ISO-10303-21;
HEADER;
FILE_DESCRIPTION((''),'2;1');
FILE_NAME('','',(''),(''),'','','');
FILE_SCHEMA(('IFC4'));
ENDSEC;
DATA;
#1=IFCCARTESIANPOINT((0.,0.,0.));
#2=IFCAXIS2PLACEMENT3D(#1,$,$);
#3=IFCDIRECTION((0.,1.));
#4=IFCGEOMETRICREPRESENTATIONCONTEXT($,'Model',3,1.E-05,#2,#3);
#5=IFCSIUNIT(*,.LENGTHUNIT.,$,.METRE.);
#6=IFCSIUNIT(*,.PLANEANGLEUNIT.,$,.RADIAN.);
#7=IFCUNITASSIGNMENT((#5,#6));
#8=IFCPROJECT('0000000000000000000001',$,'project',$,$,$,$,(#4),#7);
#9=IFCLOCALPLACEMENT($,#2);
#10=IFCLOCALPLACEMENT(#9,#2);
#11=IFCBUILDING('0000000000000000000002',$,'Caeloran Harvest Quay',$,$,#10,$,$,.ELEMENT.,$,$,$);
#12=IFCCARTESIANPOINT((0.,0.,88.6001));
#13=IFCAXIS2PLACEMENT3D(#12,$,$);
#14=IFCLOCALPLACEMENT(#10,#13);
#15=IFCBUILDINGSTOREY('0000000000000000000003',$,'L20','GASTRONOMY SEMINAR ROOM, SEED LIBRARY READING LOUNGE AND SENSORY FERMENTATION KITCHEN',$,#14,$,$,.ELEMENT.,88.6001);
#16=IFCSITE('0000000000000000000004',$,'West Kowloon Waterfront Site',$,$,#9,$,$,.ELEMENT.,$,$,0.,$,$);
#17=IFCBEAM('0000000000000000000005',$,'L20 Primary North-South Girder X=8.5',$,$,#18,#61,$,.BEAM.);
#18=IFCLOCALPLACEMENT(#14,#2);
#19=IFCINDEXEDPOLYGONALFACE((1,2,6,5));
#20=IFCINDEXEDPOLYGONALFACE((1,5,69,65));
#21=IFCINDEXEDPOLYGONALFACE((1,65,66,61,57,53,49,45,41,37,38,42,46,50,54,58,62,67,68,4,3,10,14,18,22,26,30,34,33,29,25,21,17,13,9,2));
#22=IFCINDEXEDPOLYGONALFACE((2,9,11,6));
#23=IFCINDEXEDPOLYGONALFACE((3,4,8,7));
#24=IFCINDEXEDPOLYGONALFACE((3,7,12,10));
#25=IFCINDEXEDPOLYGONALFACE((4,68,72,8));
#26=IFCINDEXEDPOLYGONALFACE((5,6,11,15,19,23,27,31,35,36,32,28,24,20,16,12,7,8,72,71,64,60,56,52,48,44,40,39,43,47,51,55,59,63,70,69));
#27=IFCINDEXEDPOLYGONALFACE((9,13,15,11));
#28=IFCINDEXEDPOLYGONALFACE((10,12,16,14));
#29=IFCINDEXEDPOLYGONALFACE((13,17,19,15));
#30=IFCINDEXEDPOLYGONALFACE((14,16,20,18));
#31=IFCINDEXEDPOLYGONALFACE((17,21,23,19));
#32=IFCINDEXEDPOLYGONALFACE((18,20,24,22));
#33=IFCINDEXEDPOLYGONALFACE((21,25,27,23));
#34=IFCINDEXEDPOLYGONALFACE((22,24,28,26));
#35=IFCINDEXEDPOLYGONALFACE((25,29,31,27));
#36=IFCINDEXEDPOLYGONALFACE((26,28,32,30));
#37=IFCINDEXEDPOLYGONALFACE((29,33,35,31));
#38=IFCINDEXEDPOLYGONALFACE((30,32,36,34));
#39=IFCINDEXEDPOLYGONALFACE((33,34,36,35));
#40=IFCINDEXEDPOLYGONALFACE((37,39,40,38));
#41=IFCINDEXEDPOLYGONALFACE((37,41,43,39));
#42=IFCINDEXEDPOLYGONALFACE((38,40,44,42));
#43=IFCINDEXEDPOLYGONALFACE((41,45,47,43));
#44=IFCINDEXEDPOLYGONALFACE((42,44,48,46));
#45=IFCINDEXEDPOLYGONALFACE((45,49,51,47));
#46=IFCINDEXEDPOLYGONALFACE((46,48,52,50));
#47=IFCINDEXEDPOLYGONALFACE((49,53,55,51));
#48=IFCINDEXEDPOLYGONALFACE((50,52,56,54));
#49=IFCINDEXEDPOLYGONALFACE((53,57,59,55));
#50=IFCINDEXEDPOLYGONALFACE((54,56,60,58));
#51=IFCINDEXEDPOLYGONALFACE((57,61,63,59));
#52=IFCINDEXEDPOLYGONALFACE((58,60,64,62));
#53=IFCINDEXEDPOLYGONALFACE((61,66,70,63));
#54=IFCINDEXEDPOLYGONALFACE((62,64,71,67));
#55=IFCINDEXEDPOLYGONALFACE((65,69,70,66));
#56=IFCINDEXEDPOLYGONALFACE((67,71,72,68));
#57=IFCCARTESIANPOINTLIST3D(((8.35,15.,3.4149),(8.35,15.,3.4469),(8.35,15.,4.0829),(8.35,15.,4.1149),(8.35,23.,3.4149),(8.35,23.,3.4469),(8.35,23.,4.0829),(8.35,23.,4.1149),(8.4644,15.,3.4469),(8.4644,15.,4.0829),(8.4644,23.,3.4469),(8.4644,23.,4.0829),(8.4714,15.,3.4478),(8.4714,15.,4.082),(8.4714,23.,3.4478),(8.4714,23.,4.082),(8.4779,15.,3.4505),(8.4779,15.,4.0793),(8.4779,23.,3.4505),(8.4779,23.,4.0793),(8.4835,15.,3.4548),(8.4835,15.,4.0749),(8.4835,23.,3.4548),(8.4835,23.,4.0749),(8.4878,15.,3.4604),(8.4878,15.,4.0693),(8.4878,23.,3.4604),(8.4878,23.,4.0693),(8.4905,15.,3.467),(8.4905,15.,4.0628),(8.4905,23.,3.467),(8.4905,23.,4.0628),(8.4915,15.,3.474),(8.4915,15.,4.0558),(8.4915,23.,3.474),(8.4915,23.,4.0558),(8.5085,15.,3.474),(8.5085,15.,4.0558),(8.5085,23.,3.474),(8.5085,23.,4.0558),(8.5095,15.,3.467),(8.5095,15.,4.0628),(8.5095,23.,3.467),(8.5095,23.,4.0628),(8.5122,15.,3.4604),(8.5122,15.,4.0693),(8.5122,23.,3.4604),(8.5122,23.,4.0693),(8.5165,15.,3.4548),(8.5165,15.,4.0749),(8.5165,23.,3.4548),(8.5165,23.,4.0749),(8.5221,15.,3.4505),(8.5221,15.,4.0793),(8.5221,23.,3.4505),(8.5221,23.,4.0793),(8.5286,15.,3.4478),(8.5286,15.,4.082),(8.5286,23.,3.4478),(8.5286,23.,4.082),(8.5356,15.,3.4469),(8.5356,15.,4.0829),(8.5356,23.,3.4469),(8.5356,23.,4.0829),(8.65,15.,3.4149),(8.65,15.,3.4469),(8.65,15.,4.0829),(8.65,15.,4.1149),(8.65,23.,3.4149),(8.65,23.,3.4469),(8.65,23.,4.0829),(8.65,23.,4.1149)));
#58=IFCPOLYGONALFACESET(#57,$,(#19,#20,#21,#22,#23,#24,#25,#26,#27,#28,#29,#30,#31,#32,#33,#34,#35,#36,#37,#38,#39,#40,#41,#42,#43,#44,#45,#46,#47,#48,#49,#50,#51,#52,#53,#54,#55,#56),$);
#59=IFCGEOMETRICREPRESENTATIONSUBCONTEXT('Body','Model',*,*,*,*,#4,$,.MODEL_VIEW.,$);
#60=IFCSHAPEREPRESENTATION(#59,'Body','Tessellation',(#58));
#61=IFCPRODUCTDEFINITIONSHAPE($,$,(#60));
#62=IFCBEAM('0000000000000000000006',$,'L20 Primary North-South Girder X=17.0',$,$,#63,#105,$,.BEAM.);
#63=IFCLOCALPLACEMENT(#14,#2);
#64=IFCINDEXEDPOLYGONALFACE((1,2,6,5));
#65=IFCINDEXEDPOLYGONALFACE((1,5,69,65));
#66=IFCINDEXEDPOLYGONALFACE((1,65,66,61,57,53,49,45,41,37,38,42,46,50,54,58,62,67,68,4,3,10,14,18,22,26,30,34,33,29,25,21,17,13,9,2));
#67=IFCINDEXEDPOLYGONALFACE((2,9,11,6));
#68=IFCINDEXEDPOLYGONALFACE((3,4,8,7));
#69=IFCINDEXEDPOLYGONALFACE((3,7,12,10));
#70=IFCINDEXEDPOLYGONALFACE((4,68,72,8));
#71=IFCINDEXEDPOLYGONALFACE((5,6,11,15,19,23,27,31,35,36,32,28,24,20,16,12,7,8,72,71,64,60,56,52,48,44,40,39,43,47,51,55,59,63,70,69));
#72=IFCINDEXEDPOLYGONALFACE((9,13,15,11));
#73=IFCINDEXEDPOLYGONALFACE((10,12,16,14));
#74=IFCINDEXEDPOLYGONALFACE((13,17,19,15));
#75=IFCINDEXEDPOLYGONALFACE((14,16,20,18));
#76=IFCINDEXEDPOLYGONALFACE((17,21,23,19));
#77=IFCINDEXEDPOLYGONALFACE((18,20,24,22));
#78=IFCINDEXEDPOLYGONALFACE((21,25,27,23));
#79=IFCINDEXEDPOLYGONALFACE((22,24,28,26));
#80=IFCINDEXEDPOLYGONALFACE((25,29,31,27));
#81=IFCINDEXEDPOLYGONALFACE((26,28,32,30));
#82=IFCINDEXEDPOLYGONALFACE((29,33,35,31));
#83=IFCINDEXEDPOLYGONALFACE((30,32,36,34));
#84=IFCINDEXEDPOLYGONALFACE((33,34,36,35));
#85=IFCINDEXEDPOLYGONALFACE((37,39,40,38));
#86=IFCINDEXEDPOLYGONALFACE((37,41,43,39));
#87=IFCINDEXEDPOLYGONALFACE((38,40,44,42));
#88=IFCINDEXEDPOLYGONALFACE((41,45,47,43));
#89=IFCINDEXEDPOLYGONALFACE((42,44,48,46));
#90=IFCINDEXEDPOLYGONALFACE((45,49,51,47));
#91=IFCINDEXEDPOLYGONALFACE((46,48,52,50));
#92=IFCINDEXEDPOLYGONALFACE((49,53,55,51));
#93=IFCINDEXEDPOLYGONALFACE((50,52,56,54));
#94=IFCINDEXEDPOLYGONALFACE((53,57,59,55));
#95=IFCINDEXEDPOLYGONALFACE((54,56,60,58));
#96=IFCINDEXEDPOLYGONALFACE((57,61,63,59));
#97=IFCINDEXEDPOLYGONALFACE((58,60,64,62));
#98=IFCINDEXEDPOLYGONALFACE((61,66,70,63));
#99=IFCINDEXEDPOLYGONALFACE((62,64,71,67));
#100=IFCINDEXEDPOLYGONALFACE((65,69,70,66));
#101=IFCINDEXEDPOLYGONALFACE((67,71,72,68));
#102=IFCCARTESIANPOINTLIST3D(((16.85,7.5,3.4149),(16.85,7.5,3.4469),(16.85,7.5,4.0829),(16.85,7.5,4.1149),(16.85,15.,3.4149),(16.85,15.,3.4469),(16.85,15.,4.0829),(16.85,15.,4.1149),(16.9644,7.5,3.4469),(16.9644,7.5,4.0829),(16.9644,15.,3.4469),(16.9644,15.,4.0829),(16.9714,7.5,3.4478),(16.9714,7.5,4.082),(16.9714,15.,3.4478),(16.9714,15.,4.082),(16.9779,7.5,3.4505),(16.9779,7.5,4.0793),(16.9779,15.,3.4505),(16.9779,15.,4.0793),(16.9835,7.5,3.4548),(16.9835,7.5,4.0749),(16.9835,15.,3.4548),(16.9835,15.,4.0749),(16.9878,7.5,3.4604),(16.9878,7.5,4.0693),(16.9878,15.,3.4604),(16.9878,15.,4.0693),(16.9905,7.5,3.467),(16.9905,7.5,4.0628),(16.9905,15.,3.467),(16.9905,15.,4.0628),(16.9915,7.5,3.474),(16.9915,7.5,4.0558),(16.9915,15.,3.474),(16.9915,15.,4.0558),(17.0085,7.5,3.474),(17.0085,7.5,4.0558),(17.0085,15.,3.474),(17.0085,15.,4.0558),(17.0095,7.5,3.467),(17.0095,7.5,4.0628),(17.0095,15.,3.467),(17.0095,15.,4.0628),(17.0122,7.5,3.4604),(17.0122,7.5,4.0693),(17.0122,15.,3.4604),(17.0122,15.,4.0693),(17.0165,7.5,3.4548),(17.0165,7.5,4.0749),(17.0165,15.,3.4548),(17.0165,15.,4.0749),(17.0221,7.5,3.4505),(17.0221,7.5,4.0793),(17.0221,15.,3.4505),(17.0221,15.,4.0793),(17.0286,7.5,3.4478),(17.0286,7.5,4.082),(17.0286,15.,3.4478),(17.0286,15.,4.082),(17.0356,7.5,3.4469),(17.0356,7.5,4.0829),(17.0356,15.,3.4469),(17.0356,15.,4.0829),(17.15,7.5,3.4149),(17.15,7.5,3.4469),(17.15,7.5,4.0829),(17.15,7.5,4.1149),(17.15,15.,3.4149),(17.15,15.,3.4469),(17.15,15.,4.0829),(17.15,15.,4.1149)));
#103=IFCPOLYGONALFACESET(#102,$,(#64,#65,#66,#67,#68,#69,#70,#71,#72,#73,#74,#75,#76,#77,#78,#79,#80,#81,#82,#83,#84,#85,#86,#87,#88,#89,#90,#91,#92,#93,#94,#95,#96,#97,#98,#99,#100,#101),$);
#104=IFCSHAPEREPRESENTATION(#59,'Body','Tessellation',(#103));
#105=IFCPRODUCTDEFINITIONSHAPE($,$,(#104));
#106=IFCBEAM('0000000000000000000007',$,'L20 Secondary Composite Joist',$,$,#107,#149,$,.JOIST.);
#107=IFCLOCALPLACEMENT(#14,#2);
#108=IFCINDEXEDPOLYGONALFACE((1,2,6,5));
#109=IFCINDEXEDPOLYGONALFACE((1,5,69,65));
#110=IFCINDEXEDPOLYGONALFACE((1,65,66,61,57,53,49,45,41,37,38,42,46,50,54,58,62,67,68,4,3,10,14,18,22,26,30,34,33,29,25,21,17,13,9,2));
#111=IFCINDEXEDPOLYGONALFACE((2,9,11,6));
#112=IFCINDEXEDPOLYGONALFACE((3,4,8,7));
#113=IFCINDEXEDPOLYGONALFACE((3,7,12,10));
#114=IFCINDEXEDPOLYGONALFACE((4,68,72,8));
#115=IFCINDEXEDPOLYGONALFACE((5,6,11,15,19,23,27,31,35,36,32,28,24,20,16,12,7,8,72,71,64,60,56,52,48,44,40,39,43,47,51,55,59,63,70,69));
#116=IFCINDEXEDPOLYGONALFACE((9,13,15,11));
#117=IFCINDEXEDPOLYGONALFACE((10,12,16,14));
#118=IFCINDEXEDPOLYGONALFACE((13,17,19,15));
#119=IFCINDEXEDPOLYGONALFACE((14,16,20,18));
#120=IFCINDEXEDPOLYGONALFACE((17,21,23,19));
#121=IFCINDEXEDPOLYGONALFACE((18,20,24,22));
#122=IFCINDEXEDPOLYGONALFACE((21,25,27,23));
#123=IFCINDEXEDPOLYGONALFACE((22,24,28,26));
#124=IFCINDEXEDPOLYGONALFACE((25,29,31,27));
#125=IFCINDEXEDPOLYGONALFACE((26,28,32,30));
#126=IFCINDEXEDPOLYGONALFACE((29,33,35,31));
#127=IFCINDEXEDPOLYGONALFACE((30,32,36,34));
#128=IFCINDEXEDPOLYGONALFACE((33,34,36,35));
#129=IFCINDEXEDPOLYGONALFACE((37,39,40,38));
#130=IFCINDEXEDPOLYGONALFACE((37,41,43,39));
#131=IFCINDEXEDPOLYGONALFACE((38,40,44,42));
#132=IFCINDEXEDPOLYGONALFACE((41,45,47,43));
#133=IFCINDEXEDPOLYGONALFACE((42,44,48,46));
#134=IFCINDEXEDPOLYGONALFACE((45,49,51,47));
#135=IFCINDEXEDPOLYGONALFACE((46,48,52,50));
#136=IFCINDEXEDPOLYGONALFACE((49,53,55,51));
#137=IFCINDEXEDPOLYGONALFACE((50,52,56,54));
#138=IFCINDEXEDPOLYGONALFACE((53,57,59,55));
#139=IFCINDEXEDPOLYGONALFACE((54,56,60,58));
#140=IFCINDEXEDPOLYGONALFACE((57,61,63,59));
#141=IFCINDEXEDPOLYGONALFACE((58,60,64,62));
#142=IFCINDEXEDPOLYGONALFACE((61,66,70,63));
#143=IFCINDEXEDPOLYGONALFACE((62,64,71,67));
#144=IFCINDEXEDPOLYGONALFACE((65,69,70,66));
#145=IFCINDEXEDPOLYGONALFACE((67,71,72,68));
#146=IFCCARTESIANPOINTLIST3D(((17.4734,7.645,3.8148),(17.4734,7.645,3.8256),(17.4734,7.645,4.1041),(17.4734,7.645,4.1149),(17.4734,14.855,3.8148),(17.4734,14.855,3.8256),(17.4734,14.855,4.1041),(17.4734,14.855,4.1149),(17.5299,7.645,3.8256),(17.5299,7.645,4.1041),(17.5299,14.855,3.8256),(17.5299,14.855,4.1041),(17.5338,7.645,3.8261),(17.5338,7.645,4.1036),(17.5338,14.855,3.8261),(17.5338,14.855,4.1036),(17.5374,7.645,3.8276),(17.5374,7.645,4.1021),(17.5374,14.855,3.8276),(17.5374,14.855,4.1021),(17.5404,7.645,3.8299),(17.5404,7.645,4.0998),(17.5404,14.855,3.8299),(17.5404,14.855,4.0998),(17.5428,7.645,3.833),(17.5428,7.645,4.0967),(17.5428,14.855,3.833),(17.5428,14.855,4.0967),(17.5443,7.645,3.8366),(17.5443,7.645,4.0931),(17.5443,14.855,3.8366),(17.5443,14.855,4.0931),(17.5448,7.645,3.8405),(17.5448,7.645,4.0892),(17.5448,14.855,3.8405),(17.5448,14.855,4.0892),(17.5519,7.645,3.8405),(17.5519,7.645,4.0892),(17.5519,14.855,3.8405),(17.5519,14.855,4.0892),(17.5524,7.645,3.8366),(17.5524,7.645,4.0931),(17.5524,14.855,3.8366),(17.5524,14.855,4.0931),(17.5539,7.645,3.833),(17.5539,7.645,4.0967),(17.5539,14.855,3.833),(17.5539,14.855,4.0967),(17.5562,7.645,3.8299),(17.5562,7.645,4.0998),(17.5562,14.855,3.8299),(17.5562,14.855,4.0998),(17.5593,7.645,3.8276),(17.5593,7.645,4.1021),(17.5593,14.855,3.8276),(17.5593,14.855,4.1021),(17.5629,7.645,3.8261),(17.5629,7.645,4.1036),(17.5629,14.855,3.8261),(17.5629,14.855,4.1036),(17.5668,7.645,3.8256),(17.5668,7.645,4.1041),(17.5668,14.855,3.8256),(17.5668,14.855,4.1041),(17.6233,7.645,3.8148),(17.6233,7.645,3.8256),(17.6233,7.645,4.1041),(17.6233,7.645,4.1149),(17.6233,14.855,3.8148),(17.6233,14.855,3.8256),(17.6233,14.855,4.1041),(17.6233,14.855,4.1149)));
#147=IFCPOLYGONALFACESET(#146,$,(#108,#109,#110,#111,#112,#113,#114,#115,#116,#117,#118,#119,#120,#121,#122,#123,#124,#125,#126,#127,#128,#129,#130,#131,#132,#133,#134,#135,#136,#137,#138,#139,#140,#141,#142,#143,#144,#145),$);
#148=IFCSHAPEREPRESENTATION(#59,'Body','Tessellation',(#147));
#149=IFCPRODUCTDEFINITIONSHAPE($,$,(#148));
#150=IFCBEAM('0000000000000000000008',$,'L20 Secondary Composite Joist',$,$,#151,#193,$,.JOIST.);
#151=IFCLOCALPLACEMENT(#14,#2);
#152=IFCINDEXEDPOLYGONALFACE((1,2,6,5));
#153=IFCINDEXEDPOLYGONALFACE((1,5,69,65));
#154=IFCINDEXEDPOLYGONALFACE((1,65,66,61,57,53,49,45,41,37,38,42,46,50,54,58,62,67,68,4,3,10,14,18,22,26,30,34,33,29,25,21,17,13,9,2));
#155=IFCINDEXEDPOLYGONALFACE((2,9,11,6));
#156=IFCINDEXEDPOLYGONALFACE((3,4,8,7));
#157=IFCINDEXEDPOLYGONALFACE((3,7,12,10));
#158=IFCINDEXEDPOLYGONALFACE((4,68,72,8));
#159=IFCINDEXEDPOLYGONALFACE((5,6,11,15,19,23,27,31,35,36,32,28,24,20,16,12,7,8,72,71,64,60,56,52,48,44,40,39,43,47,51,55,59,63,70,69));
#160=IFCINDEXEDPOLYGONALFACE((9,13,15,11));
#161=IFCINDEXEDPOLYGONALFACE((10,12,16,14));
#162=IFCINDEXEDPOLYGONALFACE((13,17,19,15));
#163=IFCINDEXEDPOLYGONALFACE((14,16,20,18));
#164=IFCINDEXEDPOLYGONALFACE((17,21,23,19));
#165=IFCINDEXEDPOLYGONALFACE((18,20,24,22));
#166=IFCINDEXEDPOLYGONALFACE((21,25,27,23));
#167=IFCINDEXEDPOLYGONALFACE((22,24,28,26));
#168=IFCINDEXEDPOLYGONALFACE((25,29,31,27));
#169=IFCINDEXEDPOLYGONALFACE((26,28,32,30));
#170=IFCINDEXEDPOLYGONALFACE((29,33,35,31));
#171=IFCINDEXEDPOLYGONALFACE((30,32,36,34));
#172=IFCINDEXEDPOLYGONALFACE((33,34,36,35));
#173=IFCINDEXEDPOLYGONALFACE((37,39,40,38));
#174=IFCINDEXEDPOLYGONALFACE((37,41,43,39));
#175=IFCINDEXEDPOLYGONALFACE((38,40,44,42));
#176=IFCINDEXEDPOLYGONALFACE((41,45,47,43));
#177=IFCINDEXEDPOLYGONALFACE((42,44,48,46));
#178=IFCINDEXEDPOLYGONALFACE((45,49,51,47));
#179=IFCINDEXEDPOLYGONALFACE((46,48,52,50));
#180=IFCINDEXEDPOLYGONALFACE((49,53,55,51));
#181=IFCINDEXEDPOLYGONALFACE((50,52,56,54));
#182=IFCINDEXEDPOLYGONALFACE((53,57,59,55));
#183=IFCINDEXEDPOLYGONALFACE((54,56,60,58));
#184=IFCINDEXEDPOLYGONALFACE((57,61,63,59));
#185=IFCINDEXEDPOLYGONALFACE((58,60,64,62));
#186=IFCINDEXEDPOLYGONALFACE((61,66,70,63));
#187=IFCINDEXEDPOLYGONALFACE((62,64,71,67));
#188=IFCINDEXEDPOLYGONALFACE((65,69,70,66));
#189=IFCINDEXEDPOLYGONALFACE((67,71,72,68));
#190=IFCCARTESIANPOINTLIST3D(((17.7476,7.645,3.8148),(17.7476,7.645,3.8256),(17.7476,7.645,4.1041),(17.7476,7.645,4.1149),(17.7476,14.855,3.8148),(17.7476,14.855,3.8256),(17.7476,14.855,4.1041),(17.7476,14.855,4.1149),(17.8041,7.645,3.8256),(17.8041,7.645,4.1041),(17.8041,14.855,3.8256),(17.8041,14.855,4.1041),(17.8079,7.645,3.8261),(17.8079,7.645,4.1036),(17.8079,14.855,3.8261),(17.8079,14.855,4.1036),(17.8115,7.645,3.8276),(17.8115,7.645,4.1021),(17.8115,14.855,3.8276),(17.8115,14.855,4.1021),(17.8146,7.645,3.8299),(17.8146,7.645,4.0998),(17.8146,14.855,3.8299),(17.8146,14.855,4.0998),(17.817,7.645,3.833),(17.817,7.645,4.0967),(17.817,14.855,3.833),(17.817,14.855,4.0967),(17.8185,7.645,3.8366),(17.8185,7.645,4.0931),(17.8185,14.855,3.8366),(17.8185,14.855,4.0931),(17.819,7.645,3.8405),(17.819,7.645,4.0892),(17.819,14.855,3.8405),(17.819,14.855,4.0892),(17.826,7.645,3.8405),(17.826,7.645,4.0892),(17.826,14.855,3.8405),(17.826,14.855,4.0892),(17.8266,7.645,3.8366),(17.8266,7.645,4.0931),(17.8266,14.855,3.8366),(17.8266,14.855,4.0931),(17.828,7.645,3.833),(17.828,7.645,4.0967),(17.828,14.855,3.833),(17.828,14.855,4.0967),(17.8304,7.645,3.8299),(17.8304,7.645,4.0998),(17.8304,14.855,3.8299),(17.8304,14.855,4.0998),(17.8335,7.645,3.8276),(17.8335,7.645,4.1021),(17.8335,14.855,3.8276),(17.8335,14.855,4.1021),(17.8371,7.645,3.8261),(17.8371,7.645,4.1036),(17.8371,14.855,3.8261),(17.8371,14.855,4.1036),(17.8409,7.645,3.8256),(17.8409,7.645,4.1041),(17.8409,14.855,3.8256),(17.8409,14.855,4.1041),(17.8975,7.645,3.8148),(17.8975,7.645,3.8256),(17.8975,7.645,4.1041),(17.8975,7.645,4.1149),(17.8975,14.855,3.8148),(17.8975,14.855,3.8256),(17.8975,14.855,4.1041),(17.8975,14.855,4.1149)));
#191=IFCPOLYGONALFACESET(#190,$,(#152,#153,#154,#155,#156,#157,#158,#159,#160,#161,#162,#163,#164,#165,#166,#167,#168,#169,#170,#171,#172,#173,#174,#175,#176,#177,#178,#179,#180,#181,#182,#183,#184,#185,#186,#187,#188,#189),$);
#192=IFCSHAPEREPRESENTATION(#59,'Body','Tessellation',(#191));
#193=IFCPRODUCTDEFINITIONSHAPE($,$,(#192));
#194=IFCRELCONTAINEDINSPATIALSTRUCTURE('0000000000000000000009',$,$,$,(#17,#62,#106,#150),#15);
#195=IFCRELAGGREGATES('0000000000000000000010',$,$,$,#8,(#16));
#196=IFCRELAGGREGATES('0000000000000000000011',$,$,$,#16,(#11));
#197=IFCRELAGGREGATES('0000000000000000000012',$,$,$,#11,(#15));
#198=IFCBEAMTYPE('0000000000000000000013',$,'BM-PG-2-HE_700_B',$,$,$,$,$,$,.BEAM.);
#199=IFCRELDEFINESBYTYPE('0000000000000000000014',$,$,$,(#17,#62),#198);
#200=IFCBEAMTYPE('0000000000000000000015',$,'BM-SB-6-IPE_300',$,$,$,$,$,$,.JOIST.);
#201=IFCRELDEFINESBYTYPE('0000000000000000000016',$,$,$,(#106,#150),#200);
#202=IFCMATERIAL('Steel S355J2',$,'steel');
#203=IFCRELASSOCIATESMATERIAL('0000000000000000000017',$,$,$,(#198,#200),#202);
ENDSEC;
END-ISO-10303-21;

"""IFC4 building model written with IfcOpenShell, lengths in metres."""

from ifc_helpers import new_model, si_unit, direction, frame, origin, origin_2d, place, context, subcontext, project, spatial, i_section, extrude, material, material_profile, profile_set, type_object, element, save


model = new_model("IFC4")

# Units and contexts
model_context = context("Model", 3, precision=1e-05, world=origin(), true_north=direction((0.0, 1.0)))
body_context = subcontext(model_context, "Body", "Model", "MODEL_VIEW")
ifc_project = project(units=[si_unit("LENGTHUNIT", "METRE"), si_unit("PLANEANGLEUNIT", "RADIAN")], contexts=[model_context])

# Site, building, storey
site_placement = place(None, origin())
site = spatial("IfcSite", under=ifc_project, at=site_placement, Name="West Kowloon Waterfront Site", CompositionType="ELEMENT", RefElevation=0.0)
building_placement = place(site_placement, origin())
building = spatial("IfcBuilding", under=site, at=building_placement, Name="Caeloran Harvest Quay", CompositionType="ELEMENT")
storey_placement = place(building_placement, frame((0.0, 0.0, 88.6001)))
storey = spatial("IfcBuildingStorey", under=building, at=storey_placement, Name="L20", Description="GASTRONOMY SEMINAR ROOM, SEED LIBRARY READING LOUNGE AND SENSORY FERMENTATION KITCHEN", CompositionType="ELEMENT", Elevation=88.6001)

# Beams
ifc_material_1 = material(Name="Steel S355J2", Category="steel")
ifc_material_profile_1 = material_profile(ifc_material_1, i_section(OverallWidth=0.3, OverallDepth=0.7, WebThickness=0.0171, FlangeThickness=0.032, FilletRadius=0.0271, at=origin_2d()), Name="HE 700 B")
ifc_profile_set_1 = profile_set([ifc_material_profile_1], Name="Steel S355J2")
beam_type_1 = type_object("IfcBeamType", Name="BM-PG-2-HE_700_B", PredefinedType="BEAM", material=ifc_profile_set_1)
beam_1_placement = place(storey_placement, frame((8.5, 15.0, 3.7649), z_axis=(0.0, 1.0, 0.0), x_axis=(-1.0, 0.0, 0.0)))
element("IfcBeam", 1, at=beam_1_placement, inside=storey, type_object=beam_type_1, Name="L20 Primary North-South Girder X=8.5", PredefinedType="BEAM", context=body_context, shape_type="SweptSolid", body=[
    extrude(i_section(OverallWidth=0.3, OverallDepth=0.7, WebThickness=0.0171, FlangeThickness=0.032, FilletRadius=0.0271, at=origin_2d()), origin(), (0.0, 0.0, 1.0), 8.0),
])
beam_2_placement = place(storey_placement, frame((17.0, 7.5, 3.7649), z_axis=(0.0, 1.0, 0.0), x_axis=(-1.0, 0.0, 0.0)))
element("IfcBeam", 2, at=beam_2_placement, inside=storey, type_object=beam_type_1, Name="L20 Primary North-South Girder X=17.0", PredefinedType="BEAM", context=body_context, shape_type="SweptSolid", body=[
    extrude(i_section(OverallWidth=0.3, OverallDepth=0.7, WebThickness=0.0171, FlangeThickness=0.032, FilletRadius=0.0271, at=origin_2d()), origin(), (0.0, 0.0, 1.0), 7.5),
])
ifc_material_profile_2 = material_profile(ifc_material_1, i_section(OverallWidth=0.1499, OverallDepth=0.3, WebThickness=0.0071, FlangeThickness=0.0107, FilletRadius=0.0149, at=origin_2d()), Name="IPE 300")
ifc_profile_set_2 = profile_set([ifc_material_profile_2], Name="Steel S355J2")
beam_type_2 = type_object("IfcBeamType", Name="BM-SB-6-IPE_300", PredefinedType="JOIST", material=ifc_profile_set_2)
for number, where, z_axis, x_axis, name in (
    (3, (17.5483, 7.645, 3.9648), (0.0, 1.0, 0.0), (-1.0, 0.0, 0.0), "L20 Secondary Composite Joist"),
    (4, (17.8225, 7.645, 3.9648), (0.0, 1.0, 0.0), (-1.0, 0.0, 0.0), "L20 Secondary Composite Joist"),
):
    element("IfcBeam", number, at=place(storey_placement, frame(where, z_axis=z_axis, x_axis=x_axis)), inside=storey, type_object=beam_type_2, Name=name, PredefinedType="JOIST", context=body_context, shape_type="SweptSolid", body=[
        extrude(i_section(OverallWidth=0.1499, OverallDepth=0.3, WebThickness=0.0071, FlangeThickness=0.0107, FilletRadius=0.0149, at=origin_2d()), origin(), (0.0, 0.0, 1.0), 7.21),
    ])

save(model, "model.ifc")
